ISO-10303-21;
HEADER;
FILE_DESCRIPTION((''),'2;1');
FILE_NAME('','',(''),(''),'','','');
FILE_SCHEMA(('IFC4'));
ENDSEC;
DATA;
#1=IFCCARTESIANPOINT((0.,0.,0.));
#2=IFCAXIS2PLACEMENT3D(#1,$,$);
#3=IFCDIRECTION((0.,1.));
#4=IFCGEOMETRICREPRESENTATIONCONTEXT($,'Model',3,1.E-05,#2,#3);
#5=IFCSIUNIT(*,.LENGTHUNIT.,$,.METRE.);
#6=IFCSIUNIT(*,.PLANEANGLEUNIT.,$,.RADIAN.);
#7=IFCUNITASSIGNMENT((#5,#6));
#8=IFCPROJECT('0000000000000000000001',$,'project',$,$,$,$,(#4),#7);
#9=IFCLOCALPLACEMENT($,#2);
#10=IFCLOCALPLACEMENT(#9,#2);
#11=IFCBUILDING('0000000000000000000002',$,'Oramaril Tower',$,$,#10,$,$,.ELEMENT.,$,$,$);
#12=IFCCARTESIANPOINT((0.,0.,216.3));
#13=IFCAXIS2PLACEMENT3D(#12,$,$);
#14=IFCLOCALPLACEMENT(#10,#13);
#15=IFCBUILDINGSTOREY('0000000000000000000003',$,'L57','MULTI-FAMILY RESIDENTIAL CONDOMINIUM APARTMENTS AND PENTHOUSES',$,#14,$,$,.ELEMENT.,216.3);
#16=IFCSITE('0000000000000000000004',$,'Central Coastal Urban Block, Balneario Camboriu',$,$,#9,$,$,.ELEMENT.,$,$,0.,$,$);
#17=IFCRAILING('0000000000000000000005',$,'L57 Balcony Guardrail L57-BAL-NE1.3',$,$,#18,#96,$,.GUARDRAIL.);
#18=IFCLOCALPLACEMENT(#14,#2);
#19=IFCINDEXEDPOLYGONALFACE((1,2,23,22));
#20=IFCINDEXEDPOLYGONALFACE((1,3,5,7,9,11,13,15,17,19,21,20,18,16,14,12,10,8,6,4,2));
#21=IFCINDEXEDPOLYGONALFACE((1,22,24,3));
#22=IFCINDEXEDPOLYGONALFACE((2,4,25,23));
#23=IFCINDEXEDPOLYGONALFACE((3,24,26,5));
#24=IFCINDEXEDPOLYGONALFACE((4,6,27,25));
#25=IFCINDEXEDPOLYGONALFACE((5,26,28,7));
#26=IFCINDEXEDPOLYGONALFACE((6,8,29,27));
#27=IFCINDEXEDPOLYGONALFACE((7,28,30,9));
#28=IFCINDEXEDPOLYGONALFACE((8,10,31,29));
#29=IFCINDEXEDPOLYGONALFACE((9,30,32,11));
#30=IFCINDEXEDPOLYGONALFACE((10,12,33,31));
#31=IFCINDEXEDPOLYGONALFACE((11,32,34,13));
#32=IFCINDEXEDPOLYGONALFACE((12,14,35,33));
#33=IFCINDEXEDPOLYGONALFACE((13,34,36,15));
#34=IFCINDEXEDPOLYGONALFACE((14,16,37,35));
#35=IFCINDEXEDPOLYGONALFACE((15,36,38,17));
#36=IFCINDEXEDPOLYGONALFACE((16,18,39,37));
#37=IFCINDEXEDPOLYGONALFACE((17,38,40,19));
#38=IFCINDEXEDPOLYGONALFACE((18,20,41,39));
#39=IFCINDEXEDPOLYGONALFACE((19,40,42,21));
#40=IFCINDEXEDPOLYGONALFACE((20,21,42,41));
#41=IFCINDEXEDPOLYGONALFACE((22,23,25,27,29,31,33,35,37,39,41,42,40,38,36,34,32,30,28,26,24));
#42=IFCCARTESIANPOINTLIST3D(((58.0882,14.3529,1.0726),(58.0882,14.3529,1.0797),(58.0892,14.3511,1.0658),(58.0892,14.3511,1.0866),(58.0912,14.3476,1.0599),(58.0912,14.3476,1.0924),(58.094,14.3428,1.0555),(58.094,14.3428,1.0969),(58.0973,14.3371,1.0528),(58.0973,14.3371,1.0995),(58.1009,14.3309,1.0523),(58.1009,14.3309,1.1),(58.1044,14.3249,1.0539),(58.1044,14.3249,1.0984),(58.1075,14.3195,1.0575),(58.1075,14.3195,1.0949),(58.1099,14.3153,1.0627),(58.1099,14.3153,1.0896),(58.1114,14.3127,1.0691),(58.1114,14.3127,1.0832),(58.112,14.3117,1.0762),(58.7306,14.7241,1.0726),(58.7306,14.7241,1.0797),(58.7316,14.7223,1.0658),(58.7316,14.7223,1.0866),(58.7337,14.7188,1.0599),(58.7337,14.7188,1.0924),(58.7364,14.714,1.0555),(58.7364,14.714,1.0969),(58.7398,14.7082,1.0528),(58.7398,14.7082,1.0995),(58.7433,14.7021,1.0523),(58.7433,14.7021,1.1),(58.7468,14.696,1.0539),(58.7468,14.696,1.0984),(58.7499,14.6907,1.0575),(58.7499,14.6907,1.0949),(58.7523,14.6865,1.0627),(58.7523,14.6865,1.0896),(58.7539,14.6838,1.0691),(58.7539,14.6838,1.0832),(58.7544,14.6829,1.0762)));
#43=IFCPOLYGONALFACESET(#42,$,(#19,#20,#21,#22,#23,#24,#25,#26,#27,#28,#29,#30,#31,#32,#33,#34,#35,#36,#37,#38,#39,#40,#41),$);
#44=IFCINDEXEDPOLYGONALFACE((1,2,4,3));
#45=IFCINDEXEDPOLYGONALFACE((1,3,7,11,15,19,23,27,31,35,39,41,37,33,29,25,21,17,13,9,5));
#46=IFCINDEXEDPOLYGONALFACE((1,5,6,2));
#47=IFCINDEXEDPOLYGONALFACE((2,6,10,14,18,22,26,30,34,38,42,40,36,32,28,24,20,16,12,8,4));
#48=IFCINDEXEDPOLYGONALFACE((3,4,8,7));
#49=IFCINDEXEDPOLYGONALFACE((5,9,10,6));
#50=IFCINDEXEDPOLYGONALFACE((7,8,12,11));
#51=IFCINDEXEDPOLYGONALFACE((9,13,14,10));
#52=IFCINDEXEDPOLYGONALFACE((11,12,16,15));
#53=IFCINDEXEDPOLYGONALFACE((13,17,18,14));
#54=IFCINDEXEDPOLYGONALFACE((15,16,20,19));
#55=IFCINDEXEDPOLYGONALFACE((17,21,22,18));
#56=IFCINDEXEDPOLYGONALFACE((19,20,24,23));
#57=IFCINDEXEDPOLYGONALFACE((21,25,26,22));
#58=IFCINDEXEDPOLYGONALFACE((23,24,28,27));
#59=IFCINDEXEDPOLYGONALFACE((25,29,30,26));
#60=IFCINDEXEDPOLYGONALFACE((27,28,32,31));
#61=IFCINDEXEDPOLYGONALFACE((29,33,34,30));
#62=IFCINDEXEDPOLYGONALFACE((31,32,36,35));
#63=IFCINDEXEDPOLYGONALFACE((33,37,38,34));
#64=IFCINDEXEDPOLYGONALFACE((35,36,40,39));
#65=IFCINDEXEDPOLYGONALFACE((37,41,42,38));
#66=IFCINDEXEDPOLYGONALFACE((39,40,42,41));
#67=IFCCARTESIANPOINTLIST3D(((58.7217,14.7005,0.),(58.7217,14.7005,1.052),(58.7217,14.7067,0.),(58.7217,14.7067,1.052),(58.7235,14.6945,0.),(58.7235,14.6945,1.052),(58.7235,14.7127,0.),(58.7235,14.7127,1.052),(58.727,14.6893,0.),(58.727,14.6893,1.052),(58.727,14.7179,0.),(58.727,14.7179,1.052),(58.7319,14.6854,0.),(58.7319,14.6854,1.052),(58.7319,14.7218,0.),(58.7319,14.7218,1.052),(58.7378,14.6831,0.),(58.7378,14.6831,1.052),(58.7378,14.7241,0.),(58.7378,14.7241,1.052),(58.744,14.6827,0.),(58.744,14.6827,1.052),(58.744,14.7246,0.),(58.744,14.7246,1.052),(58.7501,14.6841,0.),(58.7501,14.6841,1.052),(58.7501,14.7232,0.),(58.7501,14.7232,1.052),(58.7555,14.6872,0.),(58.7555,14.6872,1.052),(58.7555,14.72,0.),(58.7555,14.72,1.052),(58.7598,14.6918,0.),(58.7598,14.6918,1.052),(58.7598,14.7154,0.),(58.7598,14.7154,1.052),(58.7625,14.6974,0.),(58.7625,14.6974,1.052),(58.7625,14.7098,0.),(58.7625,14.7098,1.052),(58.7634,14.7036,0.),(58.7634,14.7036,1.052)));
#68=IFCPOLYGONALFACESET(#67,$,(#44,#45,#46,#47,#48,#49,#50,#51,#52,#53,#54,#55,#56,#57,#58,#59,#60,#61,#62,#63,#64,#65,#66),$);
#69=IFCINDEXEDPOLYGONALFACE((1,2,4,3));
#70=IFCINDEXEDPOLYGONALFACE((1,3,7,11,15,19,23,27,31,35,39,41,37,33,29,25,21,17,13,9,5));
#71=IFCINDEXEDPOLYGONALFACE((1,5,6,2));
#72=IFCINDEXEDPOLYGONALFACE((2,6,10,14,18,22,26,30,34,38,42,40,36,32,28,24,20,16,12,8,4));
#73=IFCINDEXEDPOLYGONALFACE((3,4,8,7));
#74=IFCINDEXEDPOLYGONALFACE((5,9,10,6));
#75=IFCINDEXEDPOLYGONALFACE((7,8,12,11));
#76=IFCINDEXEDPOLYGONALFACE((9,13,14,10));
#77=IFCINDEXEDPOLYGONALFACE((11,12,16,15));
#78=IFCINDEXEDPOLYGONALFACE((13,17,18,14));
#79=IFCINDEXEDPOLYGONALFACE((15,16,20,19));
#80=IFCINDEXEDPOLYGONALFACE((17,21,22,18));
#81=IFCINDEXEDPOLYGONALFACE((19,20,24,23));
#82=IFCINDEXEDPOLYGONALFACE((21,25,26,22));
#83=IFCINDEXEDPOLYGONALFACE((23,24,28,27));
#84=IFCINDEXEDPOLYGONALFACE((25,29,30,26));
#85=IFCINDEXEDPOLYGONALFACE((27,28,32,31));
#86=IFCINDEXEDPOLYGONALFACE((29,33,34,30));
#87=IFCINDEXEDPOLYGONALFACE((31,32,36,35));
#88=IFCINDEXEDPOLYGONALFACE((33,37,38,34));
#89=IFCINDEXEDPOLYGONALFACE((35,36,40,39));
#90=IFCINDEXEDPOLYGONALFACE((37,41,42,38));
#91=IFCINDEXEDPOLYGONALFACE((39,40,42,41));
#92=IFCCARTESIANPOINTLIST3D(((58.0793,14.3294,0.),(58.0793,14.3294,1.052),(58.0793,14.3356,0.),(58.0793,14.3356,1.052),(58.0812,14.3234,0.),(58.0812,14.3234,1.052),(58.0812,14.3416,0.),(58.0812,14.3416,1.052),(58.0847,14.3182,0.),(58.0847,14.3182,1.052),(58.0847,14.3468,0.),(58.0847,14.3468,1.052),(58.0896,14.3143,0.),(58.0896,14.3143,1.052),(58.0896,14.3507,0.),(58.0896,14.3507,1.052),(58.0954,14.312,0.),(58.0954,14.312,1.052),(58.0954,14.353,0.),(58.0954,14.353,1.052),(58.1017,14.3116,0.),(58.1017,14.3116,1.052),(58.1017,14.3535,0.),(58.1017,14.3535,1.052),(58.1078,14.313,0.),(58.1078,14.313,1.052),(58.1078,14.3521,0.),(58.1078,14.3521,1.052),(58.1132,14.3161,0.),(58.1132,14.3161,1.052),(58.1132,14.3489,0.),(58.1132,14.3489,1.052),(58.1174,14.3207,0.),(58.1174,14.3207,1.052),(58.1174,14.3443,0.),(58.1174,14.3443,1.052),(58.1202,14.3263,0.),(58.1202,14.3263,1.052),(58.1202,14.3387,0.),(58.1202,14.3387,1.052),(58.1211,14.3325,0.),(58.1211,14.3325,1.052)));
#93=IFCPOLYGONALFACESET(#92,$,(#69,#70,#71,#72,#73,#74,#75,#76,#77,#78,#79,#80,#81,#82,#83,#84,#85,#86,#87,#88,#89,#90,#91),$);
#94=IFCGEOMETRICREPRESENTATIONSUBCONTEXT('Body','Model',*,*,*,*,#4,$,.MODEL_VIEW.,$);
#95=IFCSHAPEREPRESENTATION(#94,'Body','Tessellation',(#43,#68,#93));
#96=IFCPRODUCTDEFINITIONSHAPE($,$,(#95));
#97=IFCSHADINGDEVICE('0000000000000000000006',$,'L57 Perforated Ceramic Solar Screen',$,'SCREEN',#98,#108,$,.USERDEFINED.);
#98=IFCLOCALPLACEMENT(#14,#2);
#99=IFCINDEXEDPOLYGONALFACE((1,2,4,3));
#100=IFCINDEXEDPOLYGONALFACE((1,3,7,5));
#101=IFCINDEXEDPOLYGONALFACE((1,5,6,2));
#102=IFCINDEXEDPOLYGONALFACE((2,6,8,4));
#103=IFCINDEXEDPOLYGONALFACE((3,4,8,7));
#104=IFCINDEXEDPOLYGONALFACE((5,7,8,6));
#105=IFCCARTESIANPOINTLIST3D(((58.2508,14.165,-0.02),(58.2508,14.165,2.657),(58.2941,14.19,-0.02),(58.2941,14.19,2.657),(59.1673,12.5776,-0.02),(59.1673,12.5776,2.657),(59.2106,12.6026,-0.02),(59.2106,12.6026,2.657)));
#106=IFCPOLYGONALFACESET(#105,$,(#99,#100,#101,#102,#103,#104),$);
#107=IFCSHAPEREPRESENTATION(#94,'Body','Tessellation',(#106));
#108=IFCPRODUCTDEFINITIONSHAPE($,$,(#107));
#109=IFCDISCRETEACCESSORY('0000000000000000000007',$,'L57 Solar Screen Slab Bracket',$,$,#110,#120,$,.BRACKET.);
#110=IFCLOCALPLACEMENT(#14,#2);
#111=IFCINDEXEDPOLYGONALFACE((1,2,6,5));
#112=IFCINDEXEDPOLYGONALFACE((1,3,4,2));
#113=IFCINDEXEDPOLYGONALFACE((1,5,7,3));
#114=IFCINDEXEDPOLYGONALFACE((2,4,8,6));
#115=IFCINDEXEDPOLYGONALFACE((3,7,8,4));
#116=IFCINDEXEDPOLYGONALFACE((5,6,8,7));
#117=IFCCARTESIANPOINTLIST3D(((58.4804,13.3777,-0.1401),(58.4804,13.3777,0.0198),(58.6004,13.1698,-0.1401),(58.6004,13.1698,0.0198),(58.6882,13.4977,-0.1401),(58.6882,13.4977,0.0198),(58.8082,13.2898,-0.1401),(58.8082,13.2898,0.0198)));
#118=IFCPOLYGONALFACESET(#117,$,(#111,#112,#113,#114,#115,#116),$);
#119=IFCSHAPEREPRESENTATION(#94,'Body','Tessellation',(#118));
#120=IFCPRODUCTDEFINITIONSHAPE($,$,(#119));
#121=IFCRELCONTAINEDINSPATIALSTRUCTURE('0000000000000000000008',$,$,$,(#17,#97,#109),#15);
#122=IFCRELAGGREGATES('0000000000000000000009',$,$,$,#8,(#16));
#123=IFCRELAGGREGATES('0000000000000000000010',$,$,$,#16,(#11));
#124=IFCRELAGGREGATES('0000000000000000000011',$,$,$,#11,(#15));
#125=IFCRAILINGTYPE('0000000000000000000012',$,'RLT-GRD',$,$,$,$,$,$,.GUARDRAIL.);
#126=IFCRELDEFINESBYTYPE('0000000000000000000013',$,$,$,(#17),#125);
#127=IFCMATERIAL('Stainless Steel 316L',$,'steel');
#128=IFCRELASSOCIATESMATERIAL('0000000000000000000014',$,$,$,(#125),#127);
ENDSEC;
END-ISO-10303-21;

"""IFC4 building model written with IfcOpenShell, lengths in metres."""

from ifc_helpers import new_model, si_unit, direction, frame, origin, origin_2d, place, context, subcontext, project, spatial, rectangle, circle, extrude, material, type_object, element, save


model = new_model("IFC4")

# Units and contexts
model_context = context("Model", 3, precision=1e-05, world=origin(), true_north=direction((0.0, 1.0)))
body_context = subcontext(model_context, "Body", "Model", "MODEL_VIEW")
ifc_project = project(units=[si_unit("LENGTHUNIT", "METRE"), si_unit("PLANEANGLEUNIT", "RADIAN")], contexts=[model_context])

# Site, building, storey
site_placement = place(None, origin())
site = spatial("IfcSite", under=ifc_project, at=site_placement, Name="Central Coastal Urban Block, Balneario Camboriu", CompositionType="ELEMENT", RefElevation=0.0)
building_placement = place(site_placement, origin())
building = spatial("IfcBuilding", under=site, at=building_placement, Name="Oramaril Tower", CompositionType="ELEMENT")
storey_placement = place(building_placement, frame((0.0, 0.0, 216.3)))
storey = spatial("IfcBuildingStorey", under=building, at=storey_placement, Name="L57", Description="MULTI-FAMILY RESIDENTIAL CONDOMINIUM APARTMENTS AND PENTHOUSES", CompositionType="ELEMENT", Elevation=216.3)

# Railing
ifc_material_1 = material(Name="Stainless Steel 316L", Category="steel")
railing_type = type_object("IfcRailingType", Name="RLT-GRD", PredefinedType="GUARDRAIL", material=ifc_material_1)
railing_placement = place(storey_placement, frame((58.7424, 14.7036, 0.0)))
element("IfcRailing", 1, at=railing_placement, inside=storey, type_object=railing_type, Name="L57 Balcony Guardrail L57-BAL-NE1.3", PredefinedType="GUARDRAIL", context=body_context, shape_type="SweptSolid", body=[
    extrude(circle(Radius=0.0239, at=origin_2d()), frame((0.0, 0.0, 1.0762), z_axis=(-0.865884, -0.500245, 0.0), x_axis=(0.500245, -0.865884, 0.0)), (0.0, 0.0, 1.0), 0.7419),
    extrude(circle(Radius=0.021, at=origin_2d()), origin(), (0.0, 0.0, 1.0), 1.052),
    extrude(circle(Radius=0.021, at=origin_2d()), frame((-0.6423, -0.3711, 0.0)), (0.0, 0.0, 1.0), 1.052),
])

# Shading device
shading_device_placement = place(storey_placement, frame((58.7307, 13.3838, -0.02), z_axis=(0.0, 0.0, 1.0), x_axis=(-0.500002, 0.866025, 0.0)))
element("IfcShadingDevice", 2, at=shading_device_placement, inside=storey, Name="L57 Perforated Ceramic Solar Screen", ObjectType="SCREEN", PredefinedType="USERDEFINED", context=body_context, shape_type="SweptSolid", body=[
    extrude(rectangle(XDim=1.833, YDim=0.05, at=origin_2d()), origin(), (0.0, 0.0, 1.0), 2.677),
])

# Discrete accessory
discrete_accessory_placement = place(storey_placement, frame((58.6443, 13.3337, -0.1401), z_axis=(0.0, 0.0, 1.0), x_axis=(-0.500002, 0.866025, 0.0)))
element("IfcDiscreteAccessory", 3, at=discrete_accessory_placement, inside=storey, Name="L57 Solar Screen Slab Bracket", PredefinedType="BRACKET", context=body_context, shape_type="SweptSolid", body=[
    extrude(rectangle(XDim=0.24, YDim=0.24, at=origin_2d()), origin(), (0.0, 0.0, 1.0), 0.1599),
])

save(model, "model.ifc")
